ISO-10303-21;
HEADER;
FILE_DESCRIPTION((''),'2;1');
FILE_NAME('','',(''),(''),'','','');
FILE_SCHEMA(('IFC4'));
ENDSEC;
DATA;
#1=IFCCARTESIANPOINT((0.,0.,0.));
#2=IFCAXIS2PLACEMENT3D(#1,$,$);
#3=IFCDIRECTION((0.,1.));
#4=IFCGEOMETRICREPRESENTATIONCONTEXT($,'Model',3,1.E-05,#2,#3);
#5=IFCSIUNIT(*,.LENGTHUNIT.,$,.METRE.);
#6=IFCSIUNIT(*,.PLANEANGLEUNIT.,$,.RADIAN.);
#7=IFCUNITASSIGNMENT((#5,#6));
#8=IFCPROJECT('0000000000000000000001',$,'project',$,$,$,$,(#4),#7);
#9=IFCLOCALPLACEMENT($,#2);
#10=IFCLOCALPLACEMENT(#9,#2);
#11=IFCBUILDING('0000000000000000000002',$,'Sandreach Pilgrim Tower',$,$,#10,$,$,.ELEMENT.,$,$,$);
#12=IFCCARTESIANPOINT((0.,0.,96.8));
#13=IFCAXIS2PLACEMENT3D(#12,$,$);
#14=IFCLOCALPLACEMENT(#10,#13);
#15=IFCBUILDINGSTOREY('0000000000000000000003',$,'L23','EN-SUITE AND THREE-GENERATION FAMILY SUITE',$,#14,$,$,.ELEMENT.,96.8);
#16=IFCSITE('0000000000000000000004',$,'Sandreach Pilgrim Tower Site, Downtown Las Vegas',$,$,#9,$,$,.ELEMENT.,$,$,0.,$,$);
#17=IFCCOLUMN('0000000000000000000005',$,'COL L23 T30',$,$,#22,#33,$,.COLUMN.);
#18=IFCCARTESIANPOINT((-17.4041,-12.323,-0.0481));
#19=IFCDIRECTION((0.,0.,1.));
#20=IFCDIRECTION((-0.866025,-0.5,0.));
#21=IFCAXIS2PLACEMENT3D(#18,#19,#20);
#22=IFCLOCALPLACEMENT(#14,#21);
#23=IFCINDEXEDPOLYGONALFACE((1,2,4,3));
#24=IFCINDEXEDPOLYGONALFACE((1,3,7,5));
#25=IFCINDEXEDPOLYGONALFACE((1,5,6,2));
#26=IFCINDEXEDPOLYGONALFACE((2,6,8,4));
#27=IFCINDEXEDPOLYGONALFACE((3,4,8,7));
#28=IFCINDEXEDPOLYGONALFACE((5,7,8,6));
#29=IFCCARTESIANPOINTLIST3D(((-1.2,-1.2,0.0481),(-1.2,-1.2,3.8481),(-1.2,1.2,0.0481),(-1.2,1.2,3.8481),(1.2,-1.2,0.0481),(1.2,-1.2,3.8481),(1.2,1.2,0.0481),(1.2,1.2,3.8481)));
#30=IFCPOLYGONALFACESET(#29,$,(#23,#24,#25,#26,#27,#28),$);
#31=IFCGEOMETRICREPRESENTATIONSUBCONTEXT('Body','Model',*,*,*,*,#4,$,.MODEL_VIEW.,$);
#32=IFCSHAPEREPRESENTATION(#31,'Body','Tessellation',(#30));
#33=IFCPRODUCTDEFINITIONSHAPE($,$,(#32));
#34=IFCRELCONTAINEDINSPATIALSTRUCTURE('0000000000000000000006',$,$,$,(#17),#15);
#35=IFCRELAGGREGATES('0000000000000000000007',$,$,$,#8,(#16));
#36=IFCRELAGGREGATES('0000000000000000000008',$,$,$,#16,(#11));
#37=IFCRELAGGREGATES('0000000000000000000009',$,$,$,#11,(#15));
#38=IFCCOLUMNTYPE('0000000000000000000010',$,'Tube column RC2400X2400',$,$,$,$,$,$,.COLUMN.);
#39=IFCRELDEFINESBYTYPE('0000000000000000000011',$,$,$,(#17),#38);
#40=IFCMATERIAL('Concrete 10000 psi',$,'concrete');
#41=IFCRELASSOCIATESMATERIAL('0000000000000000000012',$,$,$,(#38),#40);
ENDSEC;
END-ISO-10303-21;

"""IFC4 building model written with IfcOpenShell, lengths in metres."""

from ifc_helpers import new_model, si_unit, direction, frame, origin, origin_2d, place, context, subcontext, project, spatial, rectangle, extrude, clip, halfspace, material, material_profile, profile_set, type_object, element, save


model = new_model("IFC4")

# Units and contexts
model_context = context("Model", 3, precision=1e-05, world=origin(), true_north=direction((0.0, 1.0)))
body_context = subcontext(model_context, "Body", "Model", "MODEL_VIEW")
ifc_project = project(units=[si_unit("LENGTHUNIT", "METRE"), si_unit("PLANEANGLEUNIT", "RADIAN")], contexts=[model_context])

# Site, building, storey
site_placement = place(None, origin())
site = spatial("IfcSite", under=ifc_project, at=site_placement, Name="Sandreach Pilgrim Tower Site, Downtown Las Vegas", CompositionType="ELEMENT", RefElevation=0.0)
building_placement = place(site_placement, origin())
building = spatial("IfcBuilding", under=site, at=building_placement, Name="Sandreach Pilgrim Tower", CompositionType="ELEMENT")
storey_placement = place(building_placement, frame((0.0, 0.0, 96.8)))
storey = spatial("IfcBuildingStorey", under=building, at=storey_placement, Name="L23", Description="EN-SUITE AND THREE-GENERATION FAMILY SUITE", CompositionType="ELEMENT", Elevation=96.8)

# Column
ifc_material_1 = material(Name="Concrete 10000 psi", Category="concrete")
ifc_material_profile_1 = material_profile(ifc_material_1, rectangle(XDim=2.3999, YDim=2.3999, at=origin_2d()), Name="RC2400X2400")
ifc_profile_set_1 = profile_set([ifc_material_profile_1], Name="Concrete 10000 psi")
column_type = type_object("IfcColumnType", Name="Tube column RC2400X2400", PredefinedType="COLUMN", material=ifc_profile_set_1)
column_placement = place(storey_placement, frame((-17.4041, -12.323, -0.0481), z_axis=(0.0, 0.0, 1.0), x_axis=(-0.866025, -0.5, 0.0)))
element("IfcColumn", 1, at=column_placement, inside=storey, type_object=column_type, Name="COL L23 T30", PredefinedType="COLUMN", context=body_context, shape_type="SweptSolid", body=[
    clip(extrude(rectangle(XDim=2.3999, YDim=2.3999, at=origin_2d()), origin(), (0.0, 0.0, 1.0), 3.8481), halfspace(frame((0.0, 0.0, 0.0481)), True)),
])

save(model, "model.ifc")
